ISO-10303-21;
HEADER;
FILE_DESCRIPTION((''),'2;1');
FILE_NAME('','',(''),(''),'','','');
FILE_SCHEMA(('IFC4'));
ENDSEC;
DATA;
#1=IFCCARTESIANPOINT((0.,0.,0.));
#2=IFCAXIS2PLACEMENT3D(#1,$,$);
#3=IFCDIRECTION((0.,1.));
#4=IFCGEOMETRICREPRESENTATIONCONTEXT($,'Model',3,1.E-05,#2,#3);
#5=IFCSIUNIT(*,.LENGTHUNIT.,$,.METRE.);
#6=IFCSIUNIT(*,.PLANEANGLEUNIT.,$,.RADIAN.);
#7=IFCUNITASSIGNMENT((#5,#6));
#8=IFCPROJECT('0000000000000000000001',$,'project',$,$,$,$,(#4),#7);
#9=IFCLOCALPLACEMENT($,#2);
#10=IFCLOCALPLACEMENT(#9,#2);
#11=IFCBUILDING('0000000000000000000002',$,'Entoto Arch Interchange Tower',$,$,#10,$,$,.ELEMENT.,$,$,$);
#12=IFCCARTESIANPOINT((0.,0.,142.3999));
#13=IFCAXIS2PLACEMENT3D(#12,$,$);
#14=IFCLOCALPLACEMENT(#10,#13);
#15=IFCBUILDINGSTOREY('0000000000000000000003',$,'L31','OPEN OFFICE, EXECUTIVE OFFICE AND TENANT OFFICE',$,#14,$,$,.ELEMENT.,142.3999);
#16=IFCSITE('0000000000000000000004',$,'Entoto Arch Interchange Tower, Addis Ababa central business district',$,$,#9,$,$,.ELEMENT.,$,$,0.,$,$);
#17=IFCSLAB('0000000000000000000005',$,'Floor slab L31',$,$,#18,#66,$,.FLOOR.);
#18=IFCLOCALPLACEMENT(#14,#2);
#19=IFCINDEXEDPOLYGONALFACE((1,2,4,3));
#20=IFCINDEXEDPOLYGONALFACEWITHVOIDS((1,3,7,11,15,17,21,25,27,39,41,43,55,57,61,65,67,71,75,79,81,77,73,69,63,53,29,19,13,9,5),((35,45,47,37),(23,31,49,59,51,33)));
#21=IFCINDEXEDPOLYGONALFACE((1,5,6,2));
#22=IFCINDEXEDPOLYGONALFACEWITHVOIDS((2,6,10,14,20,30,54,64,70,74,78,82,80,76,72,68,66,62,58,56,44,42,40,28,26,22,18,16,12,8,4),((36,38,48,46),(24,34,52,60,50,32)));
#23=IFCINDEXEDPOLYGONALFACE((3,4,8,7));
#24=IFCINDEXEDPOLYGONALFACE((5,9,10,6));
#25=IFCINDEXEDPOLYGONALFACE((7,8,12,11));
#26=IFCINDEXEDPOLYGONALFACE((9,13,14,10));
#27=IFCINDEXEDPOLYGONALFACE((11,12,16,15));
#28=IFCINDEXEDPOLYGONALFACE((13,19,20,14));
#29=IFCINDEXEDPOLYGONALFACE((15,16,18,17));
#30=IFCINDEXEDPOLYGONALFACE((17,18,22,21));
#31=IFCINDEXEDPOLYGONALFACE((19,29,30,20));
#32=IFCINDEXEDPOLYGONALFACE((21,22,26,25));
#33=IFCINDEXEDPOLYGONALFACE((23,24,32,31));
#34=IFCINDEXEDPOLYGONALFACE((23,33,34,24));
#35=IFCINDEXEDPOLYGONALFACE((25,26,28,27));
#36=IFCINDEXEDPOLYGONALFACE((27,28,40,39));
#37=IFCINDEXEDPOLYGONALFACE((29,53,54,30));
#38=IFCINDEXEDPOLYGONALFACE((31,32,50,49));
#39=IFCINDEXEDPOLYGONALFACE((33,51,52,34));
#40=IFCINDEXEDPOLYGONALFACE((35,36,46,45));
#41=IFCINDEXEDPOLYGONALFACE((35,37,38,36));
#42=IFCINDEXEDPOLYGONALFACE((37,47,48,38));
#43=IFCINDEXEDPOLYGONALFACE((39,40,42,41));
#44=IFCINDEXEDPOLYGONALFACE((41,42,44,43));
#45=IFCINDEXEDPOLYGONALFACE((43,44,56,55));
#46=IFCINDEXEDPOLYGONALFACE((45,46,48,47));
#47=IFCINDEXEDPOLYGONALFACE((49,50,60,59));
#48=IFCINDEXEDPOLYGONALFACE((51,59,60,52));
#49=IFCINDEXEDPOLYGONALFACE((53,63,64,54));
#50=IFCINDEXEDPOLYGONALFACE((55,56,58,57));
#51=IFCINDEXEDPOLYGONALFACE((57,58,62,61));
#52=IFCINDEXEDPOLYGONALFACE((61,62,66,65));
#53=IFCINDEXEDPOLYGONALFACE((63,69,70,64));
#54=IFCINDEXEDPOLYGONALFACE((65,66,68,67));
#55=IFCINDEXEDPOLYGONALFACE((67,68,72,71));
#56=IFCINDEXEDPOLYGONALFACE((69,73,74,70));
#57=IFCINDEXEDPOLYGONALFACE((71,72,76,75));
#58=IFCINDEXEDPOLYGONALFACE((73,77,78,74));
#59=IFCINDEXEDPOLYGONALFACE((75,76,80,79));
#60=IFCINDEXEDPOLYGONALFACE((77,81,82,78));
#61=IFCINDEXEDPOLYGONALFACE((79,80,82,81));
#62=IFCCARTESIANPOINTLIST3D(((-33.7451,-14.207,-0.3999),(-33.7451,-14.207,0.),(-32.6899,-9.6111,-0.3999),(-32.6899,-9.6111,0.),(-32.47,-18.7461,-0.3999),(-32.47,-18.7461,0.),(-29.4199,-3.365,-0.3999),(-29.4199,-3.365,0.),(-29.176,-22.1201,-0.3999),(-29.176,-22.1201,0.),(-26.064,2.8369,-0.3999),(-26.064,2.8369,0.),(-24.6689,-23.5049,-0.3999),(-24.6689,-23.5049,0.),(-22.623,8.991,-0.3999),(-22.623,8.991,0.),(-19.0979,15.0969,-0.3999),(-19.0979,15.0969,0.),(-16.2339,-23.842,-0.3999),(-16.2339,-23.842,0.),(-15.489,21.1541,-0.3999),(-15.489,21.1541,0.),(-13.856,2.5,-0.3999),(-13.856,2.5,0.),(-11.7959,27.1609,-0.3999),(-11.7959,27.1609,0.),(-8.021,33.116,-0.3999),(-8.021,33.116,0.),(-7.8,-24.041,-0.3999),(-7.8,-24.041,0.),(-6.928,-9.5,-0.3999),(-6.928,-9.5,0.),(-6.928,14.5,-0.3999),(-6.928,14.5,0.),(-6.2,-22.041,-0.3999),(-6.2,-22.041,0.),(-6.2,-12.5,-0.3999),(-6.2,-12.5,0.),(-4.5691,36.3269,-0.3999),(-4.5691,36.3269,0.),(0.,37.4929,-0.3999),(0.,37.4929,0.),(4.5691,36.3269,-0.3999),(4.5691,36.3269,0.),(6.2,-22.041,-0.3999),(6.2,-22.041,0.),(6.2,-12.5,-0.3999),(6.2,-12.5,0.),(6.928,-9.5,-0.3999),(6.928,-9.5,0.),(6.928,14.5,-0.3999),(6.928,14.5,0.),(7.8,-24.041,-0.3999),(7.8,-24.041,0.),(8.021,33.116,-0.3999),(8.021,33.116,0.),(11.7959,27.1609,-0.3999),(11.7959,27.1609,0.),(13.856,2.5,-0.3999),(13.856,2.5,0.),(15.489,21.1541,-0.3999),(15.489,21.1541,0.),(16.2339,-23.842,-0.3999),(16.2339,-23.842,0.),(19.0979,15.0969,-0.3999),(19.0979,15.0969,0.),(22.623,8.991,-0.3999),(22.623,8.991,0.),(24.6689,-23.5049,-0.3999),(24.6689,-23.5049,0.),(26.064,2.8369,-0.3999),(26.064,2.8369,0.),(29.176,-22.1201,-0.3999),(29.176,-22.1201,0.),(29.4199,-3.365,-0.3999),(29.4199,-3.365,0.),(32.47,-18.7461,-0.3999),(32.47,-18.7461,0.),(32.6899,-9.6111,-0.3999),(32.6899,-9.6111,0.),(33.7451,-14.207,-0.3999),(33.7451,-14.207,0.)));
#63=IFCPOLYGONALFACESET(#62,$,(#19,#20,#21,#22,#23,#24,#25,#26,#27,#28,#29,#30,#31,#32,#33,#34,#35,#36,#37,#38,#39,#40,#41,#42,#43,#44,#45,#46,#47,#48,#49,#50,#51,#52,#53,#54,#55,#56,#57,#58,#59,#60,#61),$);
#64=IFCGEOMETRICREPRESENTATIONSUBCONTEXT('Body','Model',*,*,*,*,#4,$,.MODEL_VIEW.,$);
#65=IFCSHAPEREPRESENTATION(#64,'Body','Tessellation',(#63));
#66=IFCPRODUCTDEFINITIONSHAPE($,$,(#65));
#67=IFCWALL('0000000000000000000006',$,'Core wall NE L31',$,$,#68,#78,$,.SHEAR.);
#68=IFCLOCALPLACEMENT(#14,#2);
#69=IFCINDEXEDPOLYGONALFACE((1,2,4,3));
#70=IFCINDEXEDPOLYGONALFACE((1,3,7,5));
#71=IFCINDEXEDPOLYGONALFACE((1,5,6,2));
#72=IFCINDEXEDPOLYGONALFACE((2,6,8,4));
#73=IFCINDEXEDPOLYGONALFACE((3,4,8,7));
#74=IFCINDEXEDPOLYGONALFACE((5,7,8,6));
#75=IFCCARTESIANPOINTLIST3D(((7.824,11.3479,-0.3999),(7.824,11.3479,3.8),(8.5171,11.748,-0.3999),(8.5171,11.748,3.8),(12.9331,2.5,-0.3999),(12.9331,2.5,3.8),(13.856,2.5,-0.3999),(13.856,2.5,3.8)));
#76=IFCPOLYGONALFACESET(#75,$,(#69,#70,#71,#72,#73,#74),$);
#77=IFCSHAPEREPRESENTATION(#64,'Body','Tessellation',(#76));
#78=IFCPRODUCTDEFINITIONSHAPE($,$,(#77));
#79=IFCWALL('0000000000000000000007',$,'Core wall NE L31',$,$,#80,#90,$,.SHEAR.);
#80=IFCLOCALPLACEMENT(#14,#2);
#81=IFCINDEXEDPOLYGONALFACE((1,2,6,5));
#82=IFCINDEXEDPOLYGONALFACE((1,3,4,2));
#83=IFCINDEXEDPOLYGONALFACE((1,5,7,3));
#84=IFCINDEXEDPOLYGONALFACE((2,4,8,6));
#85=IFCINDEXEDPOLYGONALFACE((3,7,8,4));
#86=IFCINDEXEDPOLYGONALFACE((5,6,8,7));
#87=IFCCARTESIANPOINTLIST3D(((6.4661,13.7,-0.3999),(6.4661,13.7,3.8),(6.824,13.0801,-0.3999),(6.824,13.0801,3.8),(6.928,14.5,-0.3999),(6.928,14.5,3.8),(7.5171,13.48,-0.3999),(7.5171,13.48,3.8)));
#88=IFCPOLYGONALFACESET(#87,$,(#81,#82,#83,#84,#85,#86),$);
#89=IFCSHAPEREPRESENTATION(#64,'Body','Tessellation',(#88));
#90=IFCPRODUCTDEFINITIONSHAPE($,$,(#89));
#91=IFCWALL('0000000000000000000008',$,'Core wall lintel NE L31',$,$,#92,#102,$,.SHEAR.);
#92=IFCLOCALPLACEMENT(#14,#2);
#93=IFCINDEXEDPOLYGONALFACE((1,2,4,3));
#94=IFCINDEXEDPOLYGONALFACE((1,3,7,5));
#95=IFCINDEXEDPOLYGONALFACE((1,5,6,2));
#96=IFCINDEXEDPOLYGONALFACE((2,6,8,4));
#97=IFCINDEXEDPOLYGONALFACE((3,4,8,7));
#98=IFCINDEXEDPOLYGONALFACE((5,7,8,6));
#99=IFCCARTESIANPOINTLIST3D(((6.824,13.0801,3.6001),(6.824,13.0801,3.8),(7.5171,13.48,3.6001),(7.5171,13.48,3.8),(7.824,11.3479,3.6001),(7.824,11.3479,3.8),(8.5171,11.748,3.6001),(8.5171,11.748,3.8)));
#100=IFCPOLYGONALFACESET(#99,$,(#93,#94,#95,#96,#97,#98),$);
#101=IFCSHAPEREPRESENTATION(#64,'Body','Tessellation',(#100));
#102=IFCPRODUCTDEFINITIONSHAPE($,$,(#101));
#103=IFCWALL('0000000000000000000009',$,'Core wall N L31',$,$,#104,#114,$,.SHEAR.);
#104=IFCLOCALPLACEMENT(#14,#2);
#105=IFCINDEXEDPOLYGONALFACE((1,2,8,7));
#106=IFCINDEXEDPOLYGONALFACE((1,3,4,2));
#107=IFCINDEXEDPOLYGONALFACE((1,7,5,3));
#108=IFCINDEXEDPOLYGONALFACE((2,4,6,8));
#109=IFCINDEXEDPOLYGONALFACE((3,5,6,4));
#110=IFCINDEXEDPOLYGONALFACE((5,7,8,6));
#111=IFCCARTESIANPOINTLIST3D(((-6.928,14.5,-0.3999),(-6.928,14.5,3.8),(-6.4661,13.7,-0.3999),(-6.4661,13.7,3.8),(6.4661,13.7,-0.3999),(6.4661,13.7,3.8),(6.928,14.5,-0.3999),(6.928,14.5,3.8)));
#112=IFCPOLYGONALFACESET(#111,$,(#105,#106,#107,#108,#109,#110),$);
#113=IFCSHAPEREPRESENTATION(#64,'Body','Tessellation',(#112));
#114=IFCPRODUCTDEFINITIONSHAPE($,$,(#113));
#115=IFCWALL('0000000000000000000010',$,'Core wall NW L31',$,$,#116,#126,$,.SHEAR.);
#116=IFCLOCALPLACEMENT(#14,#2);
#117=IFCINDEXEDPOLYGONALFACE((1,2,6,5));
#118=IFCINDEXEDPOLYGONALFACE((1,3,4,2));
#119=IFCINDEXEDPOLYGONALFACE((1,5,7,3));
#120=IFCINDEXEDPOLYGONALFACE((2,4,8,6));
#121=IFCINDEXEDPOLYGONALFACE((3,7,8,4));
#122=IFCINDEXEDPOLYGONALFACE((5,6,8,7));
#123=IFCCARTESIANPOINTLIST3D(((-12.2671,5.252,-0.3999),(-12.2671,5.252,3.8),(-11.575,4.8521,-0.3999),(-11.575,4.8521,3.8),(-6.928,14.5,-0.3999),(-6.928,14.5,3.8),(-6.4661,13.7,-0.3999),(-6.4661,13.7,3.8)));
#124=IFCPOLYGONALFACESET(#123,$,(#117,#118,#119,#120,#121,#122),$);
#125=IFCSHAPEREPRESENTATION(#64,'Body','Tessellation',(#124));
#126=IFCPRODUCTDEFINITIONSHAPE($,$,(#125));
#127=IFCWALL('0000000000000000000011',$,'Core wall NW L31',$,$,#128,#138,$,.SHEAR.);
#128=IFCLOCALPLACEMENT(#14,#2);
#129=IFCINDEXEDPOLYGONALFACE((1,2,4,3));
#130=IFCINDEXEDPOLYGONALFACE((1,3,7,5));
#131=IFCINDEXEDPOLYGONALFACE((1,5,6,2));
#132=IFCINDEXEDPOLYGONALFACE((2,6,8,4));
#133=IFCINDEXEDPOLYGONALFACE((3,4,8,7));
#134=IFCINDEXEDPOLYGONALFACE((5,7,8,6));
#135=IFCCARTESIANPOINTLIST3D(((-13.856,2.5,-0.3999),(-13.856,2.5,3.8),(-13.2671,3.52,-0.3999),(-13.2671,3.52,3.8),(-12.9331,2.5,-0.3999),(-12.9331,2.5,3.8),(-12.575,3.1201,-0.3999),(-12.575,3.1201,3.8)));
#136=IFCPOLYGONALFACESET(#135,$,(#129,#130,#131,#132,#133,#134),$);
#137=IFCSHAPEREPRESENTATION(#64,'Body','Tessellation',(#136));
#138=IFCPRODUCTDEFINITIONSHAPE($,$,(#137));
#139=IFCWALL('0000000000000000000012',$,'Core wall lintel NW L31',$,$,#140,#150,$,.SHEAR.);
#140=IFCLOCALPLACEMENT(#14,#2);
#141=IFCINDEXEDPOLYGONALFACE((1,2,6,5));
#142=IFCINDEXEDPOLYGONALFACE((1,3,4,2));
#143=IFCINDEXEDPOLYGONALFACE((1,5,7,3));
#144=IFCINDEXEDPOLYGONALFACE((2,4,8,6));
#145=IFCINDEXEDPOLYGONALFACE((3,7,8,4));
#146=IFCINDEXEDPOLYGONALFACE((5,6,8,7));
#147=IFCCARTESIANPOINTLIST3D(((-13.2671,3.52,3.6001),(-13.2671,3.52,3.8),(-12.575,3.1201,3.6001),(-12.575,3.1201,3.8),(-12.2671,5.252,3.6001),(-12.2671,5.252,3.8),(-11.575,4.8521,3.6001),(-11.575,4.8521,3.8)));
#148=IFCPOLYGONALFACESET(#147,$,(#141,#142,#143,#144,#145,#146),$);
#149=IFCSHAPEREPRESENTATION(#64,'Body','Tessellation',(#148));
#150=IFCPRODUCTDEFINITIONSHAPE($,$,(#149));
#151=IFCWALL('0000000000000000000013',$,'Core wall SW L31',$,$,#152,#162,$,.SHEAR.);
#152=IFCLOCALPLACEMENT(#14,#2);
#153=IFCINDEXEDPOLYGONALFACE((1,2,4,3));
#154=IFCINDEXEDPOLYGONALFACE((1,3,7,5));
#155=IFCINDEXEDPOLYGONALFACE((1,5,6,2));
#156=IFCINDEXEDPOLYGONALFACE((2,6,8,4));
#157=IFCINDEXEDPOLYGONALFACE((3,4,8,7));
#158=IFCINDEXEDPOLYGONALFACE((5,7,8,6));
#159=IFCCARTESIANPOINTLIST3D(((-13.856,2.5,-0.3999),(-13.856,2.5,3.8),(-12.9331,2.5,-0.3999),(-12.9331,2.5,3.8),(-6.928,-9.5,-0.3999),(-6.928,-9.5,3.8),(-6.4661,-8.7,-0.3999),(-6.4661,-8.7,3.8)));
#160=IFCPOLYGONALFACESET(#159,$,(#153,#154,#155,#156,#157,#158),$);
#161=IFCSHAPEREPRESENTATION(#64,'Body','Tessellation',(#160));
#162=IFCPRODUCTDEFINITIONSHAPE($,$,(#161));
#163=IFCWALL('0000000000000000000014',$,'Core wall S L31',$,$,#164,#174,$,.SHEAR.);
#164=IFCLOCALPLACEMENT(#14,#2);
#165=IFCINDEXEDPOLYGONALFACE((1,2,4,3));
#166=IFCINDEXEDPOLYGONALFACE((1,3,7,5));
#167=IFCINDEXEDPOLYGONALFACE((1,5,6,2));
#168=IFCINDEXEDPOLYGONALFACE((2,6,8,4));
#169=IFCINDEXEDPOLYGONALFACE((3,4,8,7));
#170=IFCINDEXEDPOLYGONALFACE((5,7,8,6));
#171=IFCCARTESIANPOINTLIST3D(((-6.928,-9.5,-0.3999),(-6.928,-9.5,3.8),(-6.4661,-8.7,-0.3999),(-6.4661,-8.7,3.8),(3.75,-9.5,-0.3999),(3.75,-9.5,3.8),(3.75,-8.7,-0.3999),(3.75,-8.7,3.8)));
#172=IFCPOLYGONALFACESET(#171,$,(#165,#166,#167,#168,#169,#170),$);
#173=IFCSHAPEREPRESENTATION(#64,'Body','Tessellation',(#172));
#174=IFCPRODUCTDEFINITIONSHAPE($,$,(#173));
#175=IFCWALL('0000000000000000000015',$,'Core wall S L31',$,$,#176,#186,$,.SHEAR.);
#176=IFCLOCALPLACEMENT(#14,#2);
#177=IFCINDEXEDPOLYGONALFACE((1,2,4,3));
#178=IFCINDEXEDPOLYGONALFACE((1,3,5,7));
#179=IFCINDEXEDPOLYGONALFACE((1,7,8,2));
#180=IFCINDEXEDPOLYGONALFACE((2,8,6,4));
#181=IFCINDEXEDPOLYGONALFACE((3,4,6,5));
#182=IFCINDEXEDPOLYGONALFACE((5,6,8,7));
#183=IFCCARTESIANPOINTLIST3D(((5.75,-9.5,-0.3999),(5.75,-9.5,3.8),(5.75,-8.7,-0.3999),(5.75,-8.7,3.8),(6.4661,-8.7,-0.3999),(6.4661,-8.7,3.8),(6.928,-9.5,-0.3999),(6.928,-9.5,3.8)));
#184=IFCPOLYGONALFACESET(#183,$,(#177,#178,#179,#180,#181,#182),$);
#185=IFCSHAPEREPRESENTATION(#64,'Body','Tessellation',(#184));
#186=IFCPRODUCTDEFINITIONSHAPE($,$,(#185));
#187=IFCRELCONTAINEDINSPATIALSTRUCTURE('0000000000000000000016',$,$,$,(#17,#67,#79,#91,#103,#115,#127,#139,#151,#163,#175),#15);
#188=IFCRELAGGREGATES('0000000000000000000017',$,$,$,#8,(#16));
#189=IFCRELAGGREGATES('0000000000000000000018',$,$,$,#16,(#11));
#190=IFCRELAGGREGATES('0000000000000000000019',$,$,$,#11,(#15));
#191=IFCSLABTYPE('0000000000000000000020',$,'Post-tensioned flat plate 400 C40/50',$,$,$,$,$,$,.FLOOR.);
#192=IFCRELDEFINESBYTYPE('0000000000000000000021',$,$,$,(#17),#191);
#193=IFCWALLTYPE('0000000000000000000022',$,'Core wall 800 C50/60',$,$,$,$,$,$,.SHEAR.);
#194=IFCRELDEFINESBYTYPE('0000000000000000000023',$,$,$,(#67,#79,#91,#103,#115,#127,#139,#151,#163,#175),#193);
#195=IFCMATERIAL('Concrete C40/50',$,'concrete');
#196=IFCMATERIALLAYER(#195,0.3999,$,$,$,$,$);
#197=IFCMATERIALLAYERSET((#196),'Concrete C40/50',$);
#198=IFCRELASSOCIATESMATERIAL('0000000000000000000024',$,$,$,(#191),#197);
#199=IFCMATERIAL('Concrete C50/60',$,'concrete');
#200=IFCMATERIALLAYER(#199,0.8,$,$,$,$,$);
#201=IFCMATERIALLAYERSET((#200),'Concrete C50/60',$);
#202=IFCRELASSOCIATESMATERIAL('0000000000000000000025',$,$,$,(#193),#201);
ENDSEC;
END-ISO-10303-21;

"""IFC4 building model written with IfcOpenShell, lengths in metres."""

from ifc_helpers import new_model, si_unit, direction, frame, origin, place, context, subcontext, project, spatial, polyline, outline, extrude, material, layer, layer_set, type_object, element, save


model = new_model("IFC4")

# Units and contexts
model_context = context("Model", 3, precision=1e-05, world=origin(), true_north=direction((0.0, 1.0)))
body_context = subcontext(model_context, "Body", "Model", "MODEL_VIEW")
ifc_project = project(units=[si_unit("LENGTHUNIT", "METRE"), si_unit("PLANEANGLEUNIT", "RADIAN")], contexts=[model_context])

# Site, building, storey
site_placement = place(None, origin())
site = spatial("IfcSite", under=ifc_project, at=site_placement, Name="Entoto Arch Interchange Tower, Addis Ababa central business district", CompositionType="ELEMENT", RefElevation=0.0)
building_placement = place(site_placement, origin())
building = spatial("IfcBuilding", under=site, at=building_placement, Name="Entoto Arch Interchange Tower", CompositionType="ELEMENT")
storey_placement = place(building_placement, frame((0.0, 0.0, 142.3999)))
storey = spatial("IfcBuildingStorey", under=building, at=storey_placement, Name="L31", Description="OPEN OFFICE, EXECUTIVE OFFICE AND TENANT OFFICE", CompositionType="ELEMENT", Elevation=142.3999)

# Slab
ifc_material_1 = material(Name="Concrete C40/50", Category="concrete")
ifc_layer_1 = layer(ifc_material_1, 0.3999)
ifc_layer_set_1 = layer_set([ifc_layer_1], Name="Concrete C40/50")
slab_type = type_object("IfcSlabType", Name="Post-tensioned flat plate 400 C40/50", PredefinedType="FLOOR", material=ifc_layer_set_1)
slab_placement = place(storey_placement, frame((0.0, 0.0, -0.3999)))
element("IfcSlab", 1, at=slab_placement, inside=storey, type_object=slab_type, Name="Floor slab L31", PredefinedType="FLOOR", context=body_context, shape_type="SweptSolid", body=[
    extrude(outline(polyline([(-24.6689, -23.5049), (-16.2339, -23.842), (-7.8, -24.041), (7.8, -24.041), (16.2339, -23.842), (24.6689, -23.5049), (29.176, -22.1201), (32.47, -18.7461), (33.7451, -14.207), (32.6899, -9.6111), (29.4199, -3.365), (26.064, 2.8369), (22.623, 8.991), (19.0979, 15.0969), (15.489, 21.1541), (11.7959, 27.1609), (8.021, 33.116), (4.5691, 36.3269), (0.0, 37.4929), (-4.5691, 36.3269), (-8.021, 33.116), (-11.7959, 27.1609), (-15.489, 21.1541), (-19.0979, 15.0969), (-22.623, 8.991), (-26.064, 2.8369), (-29.4199, -3.365), (-32.6899, -9.6111), (-33.7451, -14.207), (-32.47, -18.7461), (-29.176, -22.1201), (-24.6689, -23.5049)]), holes=[polyline([(6.2, -22.041), (6.2, -12.5), (-6.2, -12.5), (-6.2, -22.041), (6.2, -22.041)]), polyline([(13.856, 2.5), (6.928, 14.5), (-6.928, 14.5), (-13.856, 2.5), (-6.928, -9.5), (6.928, -9.5), (13.856, 2.5)])]), origin(), (0.0, 0.0, 1.0), 0.3999),
])

# Walls
ifc_material_2 = material(Name="Concrete C50/60", Category="concrete")
ifc_layer_2 = layer(ifc_material_2, 0.8)
ifc_layer_set_2 = layer_set([ifc_layer_2], Name="Concrete C50/60")
wall_type_1 = type_object("IfcWallType", Name="Core wall 800 C50/60", PredefinedType="SHEAR", material=ifc_layer_set_2)
wall_1_placement = place(storey_placement, frame((0.0, 0.0, -0.3999)))
element("IfcWall", 2, at=wall_1_placement, inside=storey, type_object=wall_type_1, Name="Core wall NE L31", PredefinedType="SHEAR", context=body_context, shape_type="SweptSolid", body=[
    extrude(outline(polyline([(8.5171, 11.748), (7.824, 11.3479), (12.9331, 2.5), (13.856, 2.5), (8.5171, 11.748)])), origin(), (0.0, 0.0, 1.0), 4.2),
])
wall_2_placement = place(storey_placement, frame((0.0, 0.0, -0.3999)))
element("IfcWall", 3, at=wall_2_placement, inside=storey, type_object=wall_type_1, Name="Core wall NE L31", PredefinedType="SHEAR", context=body_context, shape_type="SweptSolid", body=[
    extrude(outline(polyline([(6.824, 13.0801), (7.5171, 13.48), (6.928, 14.5), (6.4661, 13.7), (6.824, 13.0801)])), origin(), (0.0, 0.0, 1.0), 4.2),
])
wall_3_placement = place(storey_placement, frame((0.0, 0.0, 3.6001)))
element("IfcWall", 4, at=wall_3_placement, inside=storey, type_object=wall_type_1, Name="Core wall lintel NE L31", PredefinedType="SHEAR", context=body_context, shape_type="SweptSolid", body=[
    extrude(outline(polyline([(7.5171, 13.48), (6.824, 13.0801), (7.824, 11.3479), (8.5171, 11.748), (7.5171, 13.48)])), origin(), (0.0, 0.0, 1.0), 0.2),
])
wall_4_placement = place(storey_placement, frame((0.0, 0.0, -0.3999)))
element("IfcWall", 5, at=wall_4_placement, inside=storey, type_object=wall_type_1, Name="Core wall N L31", PredefinedType="SHEAR", context=body_context, shape_type="SweptSolid", body=[
    extrude(outline(polyline([(6.928, 14.5), (-6.928, 14.5), (-6.4661, 13.7), (6.4661, 13.7), (6.928, 14.5)])), origin(), (0.0, 0.0, 1.0), 4.2),
])
wall_5_placement = place(storey_placement, frame((0.0, 0.0, -0.3999)))
element("IfcWall", 6, at=wall_5_placement, inside=storey, type_object=wall_type_1, Name="Core wall NW L31", PredefinedType="SHEAR", context=body_context, shape_type="SweptSolid", body=[
    extrude(outline(polyline([(-12.2671, 5.252), (-11.575, 4.8521), (-6.4661, 13.7), (-6.928, 14.5), (-12.2671, 5.252)])), origin(), (0.0, 0.0, 1.0), 4.2),
])
wall_6_placement = place(storey_placement, frame((0.0, 0.0, -0.3999)))
element("IfcWall", 7, at=wall_6_placement, inside=storey, type_object=wall_type_1, Name="Core wall NW L31", PredefinedType="SHEAR", context=body_context, shape_type="SweptSolid", body=[
    extrude(outline(polyline([(-12.575, 3.1201), (-13.2671, 3.52), (-13.856, 2.5), (-12.9331, 2.5), (-12.575, 3.1201)])), origin(), (0.0, 0.0, 1.0), 4.2),
])
wall_7_placement = place(storey_placement, frame((0.0, 0.0, 3.6001)))
element("IfcWall", 8, at=wall_7_placement, inside=storey, type_object=wall_type_1, Name="Core wall lintel NW L31", PredefinedType="SHEAR", context=body_context, shape_type="SweptSolid", body=[
    extrude(outline(polyline([(-13.2671, 3.52), (-12.575, 3.1201), (-11.575, 4.8521), (-12.2671, 5.252), (-13.2671, 3.52)])), origin(), (0.0, 0.0, 1.0), 0.2),
])
wall_8_placement = place(storey_placement, frame((0.0, 0.0, -0.3999)))
element("IfcWall", 9, at=wall_8_placement, inside=storey, type_object=wall_type_1, Name="Core wall SW L31", PredefinedType="SHEAR", context=body_context, shape_type="SweptSolid", body=[
    extrude(outline(polyline([(-13.856, 2.5), (-6.928, -9.5), (-6.4661, -8.7), (-12.9331, 2.5), (-13.856, 2.5)])), origin(), (0.0, 0.0, 1.0), 4.2),
])
wall_9_placement = place(storey_placement, frame((0.0, 0.0, -0.3999)))
element("IfcWall", 10, at=wall_9_placement, inside=storey, type_object=wall_type_1, Name="Core wall S L31", PredefinedType="SHEAR", context=body_context, shape_type="SweptSolid", body=[
    extrude(outline(polyline([(3.75, -9.5), (3.75, -8.7), (-6.4661, -8.7), (-6.928, -9.5), (3.75, -9.5)])), origin(), (0.0, 0.0, 1.0), 4.2),
])
wall_10_placement = place(storey_placement, frame((0.0, 0.0, -0.3999)))
element("IfcWall", 11, at=wall_10_placement, inside=storey, type_object=wall_type_1, Name="Core wall S L31", PredefinedType="SHEAR", context=body_context, shape_type="SweptSolid", body=[
    extrude(outline(polyline([(5.75, -8.7), (5.75, -9.5), (6.928, -9.5), (6.4661, -8.7), (5.75, -8.7)])), origin(), (0.0, 0.0, 1.0), 4.2),
])

save(model, "model.ifc")
